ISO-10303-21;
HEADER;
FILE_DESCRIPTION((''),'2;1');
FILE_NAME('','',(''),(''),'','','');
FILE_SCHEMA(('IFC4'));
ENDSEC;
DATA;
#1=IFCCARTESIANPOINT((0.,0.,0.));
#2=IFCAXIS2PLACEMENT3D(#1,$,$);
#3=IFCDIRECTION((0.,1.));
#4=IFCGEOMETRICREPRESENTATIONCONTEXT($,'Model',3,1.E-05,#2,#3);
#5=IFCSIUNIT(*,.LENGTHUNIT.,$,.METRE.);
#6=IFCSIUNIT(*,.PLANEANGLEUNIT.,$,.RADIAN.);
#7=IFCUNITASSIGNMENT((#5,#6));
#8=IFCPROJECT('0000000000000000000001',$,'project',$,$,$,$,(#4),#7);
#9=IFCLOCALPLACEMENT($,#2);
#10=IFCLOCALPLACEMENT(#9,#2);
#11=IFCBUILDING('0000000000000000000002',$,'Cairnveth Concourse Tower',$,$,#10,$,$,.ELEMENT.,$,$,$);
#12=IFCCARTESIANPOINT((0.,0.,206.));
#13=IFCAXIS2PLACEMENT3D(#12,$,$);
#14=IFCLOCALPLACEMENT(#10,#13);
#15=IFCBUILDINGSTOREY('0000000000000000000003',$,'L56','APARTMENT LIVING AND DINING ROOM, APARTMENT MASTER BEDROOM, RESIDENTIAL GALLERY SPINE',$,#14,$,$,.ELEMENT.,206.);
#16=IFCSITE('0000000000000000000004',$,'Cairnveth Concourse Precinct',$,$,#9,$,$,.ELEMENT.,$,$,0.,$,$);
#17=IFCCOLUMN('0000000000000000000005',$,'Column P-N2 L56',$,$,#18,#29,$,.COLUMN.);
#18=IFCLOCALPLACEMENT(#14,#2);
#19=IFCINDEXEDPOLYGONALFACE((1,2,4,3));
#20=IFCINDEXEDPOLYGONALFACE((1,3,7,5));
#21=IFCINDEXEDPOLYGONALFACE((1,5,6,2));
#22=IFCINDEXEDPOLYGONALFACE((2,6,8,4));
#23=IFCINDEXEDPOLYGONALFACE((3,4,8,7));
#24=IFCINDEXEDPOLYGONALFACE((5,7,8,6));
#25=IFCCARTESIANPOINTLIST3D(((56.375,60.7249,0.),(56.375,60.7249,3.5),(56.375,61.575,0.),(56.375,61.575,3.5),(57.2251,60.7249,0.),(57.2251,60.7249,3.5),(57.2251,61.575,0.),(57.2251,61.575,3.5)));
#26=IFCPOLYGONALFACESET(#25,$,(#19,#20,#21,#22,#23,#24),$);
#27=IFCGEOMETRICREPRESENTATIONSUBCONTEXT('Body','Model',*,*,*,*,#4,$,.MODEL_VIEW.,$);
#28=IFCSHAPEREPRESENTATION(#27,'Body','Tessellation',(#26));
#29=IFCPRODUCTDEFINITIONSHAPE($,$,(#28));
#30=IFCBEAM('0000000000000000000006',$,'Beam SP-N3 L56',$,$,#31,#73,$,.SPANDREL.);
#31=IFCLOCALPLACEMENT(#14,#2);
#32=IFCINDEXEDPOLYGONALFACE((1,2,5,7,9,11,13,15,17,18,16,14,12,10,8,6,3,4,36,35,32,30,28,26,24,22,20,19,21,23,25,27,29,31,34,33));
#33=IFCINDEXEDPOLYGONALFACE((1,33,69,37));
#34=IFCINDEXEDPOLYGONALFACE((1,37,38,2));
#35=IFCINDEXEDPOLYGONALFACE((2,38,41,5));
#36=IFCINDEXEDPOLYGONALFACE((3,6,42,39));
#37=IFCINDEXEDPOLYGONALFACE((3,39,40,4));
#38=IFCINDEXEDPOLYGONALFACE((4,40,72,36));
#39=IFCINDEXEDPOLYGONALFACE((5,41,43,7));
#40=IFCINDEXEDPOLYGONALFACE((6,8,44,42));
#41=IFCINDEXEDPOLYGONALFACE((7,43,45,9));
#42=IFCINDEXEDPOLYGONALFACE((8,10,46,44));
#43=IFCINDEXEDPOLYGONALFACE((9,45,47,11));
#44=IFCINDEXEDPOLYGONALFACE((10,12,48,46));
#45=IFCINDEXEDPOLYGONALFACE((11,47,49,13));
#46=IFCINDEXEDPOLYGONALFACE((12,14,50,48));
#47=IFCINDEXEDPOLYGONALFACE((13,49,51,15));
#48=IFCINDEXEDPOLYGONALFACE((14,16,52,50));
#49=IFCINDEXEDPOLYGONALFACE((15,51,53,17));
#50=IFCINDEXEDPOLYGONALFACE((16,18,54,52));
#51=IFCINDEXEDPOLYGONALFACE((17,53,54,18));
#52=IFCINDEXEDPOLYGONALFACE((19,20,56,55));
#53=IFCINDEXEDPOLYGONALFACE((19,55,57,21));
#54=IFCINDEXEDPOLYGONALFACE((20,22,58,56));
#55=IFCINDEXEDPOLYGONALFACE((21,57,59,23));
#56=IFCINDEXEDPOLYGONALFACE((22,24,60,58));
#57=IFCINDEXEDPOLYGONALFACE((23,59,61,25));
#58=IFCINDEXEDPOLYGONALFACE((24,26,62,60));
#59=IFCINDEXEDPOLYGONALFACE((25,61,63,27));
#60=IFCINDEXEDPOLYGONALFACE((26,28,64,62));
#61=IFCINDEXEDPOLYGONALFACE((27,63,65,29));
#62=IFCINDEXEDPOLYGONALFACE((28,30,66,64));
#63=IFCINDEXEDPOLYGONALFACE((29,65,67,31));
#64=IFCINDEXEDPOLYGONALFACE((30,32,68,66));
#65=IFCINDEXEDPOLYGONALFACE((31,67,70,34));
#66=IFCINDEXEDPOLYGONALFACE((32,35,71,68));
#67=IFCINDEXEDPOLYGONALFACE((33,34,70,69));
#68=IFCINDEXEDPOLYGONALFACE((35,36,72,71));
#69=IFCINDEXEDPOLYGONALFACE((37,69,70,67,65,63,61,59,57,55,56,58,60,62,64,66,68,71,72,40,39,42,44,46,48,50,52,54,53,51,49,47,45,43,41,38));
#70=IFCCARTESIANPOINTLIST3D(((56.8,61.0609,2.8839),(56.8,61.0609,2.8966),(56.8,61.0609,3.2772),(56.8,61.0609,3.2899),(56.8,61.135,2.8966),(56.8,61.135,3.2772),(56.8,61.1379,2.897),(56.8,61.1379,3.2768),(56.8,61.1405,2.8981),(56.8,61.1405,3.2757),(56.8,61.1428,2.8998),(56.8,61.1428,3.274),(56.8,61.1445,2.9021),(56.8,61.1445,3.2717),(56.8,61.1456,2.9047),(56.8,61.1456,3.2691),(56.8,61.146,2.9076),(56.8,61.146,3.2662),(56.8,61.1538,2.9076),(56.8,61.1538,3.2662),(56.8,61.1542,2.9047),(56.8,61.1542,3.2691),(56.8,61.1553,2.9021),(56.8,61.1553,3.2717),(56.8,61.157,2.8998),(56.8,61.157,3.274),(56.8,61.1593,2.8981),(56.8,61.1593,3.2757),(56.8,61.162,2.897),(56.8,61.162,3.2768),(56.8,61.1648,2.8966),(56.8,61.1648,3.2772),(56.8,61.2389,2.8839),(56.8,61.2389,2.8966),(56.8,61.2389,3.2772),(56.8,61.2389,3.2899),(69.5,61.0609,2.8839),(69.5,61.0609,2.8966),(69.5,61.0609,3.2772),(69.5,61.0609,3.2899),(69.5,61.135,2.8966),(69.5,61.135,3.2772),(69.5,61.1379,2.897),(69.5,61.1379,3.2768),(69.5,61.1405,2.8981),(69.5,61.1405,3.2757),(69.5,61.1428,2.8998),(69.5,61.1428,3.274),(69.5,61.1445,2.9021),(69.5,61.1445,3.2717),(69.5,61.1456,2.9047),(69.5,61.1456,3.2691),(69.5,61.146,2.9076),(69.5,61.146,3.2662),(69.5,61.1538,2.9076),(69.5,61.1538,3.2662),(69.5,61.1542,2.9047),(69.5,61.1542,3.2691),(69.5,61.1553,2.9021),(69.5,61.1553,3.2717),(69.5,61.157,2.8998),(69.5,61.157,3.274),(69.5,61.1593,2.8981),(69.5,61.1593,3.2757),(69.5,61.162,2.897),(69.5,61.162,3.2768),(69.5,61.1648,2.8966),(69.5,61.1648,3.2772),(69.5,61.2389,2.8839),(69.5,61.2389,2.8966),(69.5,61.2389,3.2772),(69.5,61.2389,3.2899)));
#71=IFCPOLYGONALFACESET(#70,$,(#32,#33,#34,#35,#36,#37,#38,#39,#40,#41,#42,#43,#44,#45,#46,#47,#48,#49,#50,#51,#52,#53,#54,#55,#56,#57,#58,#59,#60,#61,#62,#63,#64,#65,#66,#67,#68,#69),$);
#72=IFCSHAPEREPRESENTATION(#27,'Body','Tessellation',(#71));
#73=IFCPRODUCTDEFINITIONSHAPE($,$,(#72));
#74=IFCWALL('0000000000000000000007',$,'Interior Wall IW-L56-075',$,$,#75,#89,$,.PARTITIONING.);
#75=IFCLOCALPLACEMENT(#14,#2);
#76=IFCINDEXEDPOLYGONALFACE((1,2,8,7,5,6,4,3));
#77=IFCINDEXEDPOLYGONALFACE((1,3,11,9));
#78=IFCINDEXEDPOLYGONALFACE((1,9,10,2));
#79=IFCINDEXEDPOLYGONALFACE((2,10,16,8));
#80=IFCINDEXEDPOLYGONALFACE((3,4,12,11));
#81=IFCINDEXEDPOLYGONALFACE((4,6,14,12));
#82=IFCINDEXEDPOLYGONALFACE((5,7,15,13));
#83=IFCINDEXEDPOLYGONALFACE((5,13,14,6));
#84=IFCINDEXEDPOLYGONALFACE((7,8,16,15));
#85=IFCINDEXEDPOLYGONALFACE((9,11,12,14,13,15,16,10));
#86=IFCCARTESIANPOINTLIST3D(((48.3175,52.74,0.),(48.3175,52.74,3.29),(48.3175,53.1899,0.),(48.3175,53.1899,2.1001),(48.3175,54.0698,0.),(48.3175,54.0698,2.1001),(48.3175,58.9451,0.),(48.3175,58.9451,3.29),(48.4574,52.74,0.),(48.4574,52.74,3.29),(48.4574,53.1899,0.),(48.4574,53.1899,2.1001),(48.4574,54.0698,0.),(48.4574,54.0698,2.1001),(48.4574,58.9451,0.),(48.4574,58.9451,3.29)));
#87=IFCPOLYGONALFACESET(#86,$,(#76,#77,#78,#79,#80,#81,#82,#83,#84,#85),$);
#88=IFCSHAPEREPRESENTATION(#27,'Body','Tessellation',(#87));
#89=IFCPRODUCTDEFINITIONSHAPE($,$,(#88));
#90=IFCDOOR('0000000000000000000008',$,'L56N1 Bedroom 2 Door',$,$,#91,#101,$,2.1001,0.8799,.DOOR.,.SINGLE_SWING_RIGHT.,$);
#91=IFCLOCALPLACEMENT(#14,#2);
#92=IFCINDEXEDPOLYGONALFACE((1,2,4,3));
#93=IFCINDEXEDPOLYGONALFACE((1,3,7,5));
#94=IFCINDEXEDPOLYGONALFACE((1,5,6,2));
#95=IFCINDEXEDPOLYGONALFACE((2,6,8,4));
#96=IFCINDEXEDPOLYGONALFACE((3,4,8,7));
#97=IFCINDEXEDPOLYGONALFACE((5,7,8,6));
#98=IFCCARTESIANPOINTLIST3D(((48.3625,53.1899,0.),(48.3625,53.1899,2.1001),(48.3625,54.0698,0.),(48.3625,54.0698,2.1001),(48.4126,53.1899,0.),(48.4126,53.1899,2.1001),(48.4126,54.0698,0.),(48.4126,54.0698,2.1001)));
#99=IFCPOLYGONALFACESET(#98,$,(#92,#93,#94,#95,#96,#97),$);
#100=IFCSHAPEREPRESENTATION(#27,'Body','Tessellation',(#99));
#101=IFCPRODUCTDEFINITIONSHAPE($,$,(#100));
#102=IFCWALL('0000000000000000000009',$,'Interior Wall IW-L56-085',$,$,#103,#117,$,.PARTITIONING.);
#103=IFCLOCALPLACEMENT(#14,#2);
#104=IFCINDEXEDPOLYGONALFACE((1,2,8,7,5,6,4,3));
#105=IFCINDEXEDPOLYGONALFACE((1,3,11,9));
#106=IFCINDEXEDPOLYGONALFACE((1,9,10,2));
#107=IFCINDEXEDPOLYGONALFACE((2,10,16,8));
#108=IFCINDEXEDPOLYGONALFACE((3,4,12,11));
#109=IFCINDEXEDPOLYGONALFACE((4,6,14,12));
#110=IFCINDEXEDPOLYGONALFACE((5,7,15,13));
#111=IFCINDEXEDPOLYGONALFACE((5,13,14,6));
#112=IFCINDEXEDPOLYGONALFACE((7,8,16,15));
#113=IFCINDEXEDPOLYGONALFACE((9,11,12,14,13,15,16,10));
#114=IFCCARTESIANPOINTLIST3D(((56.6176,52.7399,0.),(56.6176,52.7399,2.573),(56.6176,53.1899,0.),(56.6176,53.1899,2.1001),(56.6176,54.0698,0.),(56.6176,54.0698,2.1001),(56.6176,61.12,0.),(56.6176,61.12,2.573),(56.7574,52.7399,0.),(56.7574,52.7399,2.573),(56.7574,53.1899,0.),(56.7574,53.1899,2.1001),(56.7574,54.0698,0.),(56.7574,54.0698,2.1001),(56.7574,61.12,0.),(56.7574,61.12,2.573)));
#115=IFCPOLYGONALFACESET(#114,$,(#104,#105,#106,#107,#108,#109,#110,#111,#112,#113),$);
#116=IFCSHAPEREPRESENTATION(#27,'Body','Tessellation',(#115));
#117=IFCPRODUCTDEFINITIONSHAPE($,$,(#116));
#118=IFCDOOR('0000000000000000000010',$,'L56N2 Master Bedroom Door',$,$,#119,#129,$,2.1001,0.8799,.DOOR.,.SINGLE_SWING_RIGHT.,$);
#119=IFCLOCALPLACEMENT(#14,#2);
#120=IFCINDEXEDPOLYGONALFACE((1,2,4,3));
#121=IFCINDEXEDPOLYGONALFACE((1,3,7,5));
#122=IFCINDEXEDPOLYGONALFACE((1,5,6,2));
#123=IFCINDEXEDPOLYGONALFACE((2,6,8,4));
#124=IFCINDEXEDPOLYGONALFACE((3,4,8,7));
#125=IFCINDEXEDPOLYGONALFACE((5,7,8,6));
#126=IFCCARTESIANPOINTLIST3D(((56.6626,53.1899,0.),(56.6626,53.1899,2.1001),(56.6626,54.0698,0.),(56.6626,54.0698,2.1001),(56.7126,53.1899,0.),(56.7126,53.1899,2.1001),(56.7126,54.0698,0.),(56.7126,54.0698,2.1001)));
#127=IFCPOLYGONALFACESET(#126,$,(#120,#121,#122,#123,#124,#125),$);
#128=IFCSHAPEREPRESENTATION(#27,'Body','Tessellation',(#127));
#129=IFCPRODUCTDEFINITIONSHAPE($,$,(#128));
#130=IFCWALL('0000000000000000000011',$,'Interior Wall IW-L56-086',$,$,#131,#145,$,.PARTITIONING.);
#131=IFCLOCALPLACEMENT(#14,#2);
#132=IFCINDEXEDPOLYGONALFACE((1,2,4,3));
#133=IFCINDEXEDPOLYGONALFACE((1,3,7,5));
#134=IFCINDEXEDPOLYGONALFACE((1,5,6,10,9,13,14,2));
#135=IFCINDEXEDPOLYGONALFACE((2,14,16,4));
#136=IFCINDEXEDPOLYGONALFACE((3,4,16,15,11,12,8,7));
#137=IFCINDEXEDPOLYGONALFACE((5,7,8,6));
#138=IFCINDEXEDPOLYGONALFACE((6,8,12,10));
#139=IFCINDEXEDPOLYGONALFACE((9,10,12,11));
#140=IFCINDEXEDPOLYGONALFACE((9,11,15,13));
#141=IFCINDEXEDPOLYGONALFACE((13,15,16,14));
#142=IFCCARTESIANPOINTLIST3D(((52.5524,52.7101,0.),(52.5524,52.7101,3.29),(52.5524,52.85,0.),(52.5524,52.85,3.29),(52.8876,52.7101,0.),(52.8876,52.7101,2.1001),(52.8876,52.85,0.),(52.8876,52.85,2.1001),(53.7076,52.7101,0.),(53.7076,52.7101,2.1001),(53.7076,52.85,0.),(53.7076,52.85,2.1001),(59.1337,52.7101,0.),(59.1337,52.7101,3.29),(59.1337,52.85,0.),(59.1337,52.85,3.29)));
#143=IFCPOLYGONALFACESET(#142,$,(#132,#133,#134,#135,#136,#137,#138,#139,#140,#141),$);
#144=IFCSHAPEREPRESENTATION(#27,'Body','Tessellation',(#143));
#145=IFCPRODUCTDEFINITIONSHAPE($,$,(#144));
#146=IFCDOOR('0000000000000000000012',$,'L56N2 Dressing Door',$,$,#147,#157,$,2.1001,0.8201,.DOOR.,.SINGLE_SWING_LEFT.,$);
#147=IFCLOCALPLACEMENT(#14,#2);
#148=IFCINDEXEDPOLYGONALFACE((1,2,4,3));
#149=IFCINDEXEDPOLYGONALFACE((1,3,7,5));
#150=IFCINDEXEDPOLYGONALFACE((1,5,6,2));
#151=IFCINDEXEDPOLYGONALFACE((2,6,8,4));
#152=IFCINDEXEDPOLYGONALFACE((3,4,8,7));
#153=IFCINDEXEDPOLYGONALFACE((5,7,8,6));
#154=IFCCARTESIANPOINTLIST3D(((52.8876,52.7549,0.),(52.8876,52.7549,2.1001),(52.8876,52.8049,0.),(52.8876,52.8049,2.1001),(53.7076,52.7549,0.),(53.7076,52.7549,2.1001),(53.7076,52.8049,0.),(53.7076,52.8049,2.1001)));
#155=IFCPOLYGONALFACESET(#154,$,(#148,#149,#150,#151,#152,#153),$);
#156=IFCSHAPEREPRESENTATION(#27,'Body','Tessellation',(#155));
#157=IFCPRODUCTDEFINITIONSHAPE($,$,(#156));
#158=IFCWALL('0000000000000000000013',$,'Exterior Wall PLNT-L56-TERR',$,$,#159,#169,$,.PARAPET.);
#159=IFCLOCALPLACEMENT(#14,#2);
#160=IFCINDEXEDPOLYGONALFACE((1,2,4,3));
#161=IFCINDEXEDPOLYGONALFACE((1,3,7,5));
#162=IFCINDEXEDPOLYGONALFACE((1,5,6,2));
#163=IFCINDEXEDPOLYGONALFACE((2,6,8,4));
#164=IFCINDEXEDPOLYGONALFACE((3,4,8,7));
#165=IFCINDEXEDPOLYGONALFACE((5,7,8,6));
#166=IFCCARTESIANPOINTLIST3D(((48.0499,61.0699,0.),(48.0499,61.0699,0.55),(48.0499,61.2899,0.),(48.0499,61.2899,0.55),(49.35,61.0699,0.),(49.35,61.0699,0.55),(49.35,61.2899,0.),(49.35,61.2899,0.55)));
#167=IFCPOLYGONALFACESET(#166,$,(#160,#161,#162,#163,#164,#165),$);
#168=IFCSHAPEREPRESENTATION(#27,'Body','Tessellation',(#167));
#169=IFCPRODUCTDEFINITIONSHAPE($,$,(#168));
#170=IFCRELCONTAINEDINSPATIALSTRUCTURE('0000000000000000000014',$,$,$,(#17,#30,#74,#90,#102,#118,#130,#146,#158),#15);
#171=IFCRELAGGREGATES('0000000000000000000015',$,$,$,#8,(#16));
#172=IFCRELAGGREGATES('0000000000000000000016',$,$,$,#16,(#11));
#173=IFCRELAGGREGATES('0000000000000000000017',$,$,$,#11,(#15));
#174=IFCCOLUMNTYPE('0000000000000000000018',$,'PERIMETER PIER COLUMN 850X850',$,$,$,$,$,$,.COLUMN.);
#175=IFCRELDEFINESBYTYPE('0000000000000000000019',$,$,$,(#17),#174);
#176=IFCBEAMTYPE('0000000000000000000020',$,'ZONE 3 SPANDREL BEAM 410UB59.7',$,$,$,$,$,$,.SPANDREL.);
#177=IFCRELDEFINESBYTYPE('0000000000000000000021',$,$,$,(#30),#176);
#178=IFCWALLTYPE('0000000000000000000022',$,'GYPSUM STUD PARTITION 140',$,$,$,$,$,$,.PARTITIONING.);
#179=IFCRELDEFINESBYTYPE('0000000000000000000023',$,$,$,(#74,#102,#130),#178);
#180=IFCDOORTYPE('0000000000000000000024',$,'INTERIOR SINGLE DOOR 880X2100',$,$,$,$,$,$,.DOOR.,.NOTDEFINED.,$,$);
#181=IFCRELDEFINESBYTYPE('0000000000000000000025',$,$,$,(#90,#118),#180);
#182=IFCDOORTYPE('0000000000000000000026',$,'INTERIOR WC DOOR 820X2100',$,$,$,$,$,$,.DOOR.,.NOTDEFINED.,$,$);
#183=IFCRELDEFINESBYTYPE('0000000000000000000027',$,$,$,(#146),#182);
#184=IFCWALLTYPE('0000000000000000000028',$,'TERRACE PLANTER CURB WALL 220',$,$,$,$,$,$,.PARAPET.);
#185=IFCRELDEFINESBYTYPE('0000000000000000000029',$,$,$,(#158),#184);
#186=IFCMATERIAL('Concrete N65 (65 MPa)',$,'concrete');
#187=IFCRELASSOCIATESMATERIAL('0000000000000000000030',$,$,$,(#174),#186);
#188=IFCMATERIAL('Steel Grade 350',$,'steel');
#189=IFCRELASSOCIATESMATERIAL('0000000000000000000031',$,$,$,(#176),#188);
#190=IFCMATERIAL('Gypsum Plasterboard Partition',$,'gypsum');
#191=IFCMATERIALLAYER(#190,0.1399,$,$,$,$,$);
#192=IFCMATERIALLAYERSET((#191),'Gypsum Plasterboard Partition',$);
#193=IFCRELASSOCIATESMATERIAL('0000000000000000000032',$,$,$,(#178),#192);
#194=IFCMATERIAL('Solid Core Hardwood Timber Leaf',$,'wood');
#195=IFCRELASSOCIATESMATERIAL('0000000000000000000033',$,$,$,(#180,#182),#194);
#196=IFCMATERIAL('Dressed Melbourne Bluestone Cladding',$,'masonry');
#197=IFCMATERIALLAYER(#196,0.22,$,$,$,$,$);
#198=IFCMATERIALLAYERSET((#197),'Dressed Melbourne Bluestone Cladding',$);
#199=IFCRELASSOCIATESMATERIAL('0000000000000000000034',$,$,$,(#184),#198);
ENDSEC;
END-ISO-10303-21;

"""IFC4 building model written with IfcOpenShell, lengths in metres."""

from ifc_helpers import new_model, si_unit, direction, frame, frame_2d, origin, origin_2d, place, context, subcontext, project, spatial, rectangle, i_section, extrude, material, layer, layer_set, material_profile, profile_set, type_object, element, fill, save


model = new_model("IFC4")

# Units and contexts
model_context = context("Model", 3, precision=1e-05, world=origin(), true_north=direction((0.0, 1.0)))
body_context = subcontext(model_context, "Body", "Model", "MODEL_VIEW")
ifc_project = project(units=[si_unit("LENGTHUNIT", "METRE"), si_unit("PLANEANGLEUNIT", "RADIAN")], contexts=[model_context])

# Site, building, storey
site_placement = place(None, origin())
site = spatial("IfcSite", under=ifc_project, at=site_placement, Name="Cairnveth Concourse Precinct", CompositionType="ELEMENT", RefElevation=0.0)
building_placement = place(site_placement, origin())
building = spatial("IfcBuilding", under=site, at=building_placement, Name="Cairnveth Concourse Tower", CompositionType="ELEMENT")
storey_placement = place(building_placement, frame((0.0, 0.0, 206.0)))
storey = spatial("IfcBuildingStorey", under=building, at=storey_placement, Name="L56", Description="APARTMENT LIVING AND DINING ROOM, APARTMENT MASTER BEDROOM, RESIDENTIAL GALLERY SPINE", CompositionType="ELEMENT", Elevation=206.0)

# Column
ifc_material_1 = material(Name="Concrete N65 (65 MPa)", Category="concrete")
ifc_material_profile_1 = material_profile(ifc_material_1, rectangle(XDim=0.8501, YDim=0.8501, at=origin_2d()), Name="RC-COL-850x850")
ifc_profile_set_1 = profile_set([ifc_material_profile_1], Name="Concrete N65 (65 MPa)")
column_type = type_object("IfcColumnType", Name="PERIMETER PIER COLUMN 850X850", PredefinedType="COLUMN", material=ifc_profile_set_1)
column_placement = place(storey_placement, frame((56.8, 61.1499, 0.0), z_axis=(0.0, 0.0, 1.0), x_axis=(1.0, 0.0, 0.0)))
element("IfcColumn", 1, at=column_placement, inside=storey, type_object=column_type, Name="Column P-N2 L56", PredefinedType="COLUMN", context=body_context, shape_type="SweptSolid", body=[
    extrude(rectangle(XDim=0.8501, YDim=0.8501, at=origin_2d()), origin(), (0.0, 0.0, 1.0), 3.5),
])

# Beam
ifc_material_2 = material(Name="Steel Grade 350", Category="steel")
ifc_material_profile_2 = material_profile(ifc_material_2, i_section(OverallWidth=0.178, OverallDepth=0.406, WebThickness=0.0078, FlangeThickness=0.0127, FilletRadius=0.011, at=origin_2d()), Name="410UB59.7")
ifc_profile_set_2 = profile_set([ifc_material_profile_2], Name="Steel Grade 350")
beam_type = type_object("IfcBeamType", Name="ZONE 3 SPANDREL BEAM 410UB59.7", PredefinedType="SPANDREL", material=ifc_profile_set_2)
beam_placement = place(storey_placement, frame((56.8, 61.1499, 3.0869), z_axis=(1.0, 0.0, 0.0), x_axis=(0.0, 1.0, 0.0)))
element("IfcBeam", 2, at=beam_placement, inside=storey, type_object=beam_type, Name="Beam SP-N3 L56", PredefinedType="SPANDREL", context=body_context, shape_type="SweptSolid", body=[
    extrude(i_section(OverallWidth=0.178, OverallDepth=0.406, WebThickness=0.0078, FlangeThickness=0.0127, FilletRadius=0.011, at=origin_2d()), origin(), (0.0, 0.0, 1.0), 12.7),
])

# Walls, openings, doors
ifc_material_3 = material(Name="Gypsum Plasterboard Partition", Category="gypsum")
ifc_layer_1 = layer(ifc_material_3, 0.1399)
ifc_layer_set_1 = layer_set([ifc_layer_1], Name="Gypsum Plasterboard Partition")
wall_type_1 = type_object("IfcWallType", Name="GYPSUM STUD PARTITION 140", PredefinedType="PARTITIONING", material=ifc_layer_set_1)
wall_1_placement = place(storey_placement, frame((48.3875, 52.74, 0.0), z_axis=(0.0, 0.0, 1.0), x_axis=(0.0, 1.0, 0.0)))
wall_1 = element("IfcWall", 3, at=wall_1_placement, inside=storey, type_object=wall_type_1, Name="Interior Wall IW-L56-075", PredefinedType="PARTITIONING", context=body_context, shape_type="SweptSolid", body=[
    extrude(rectangle(XDim=6.2051, YDim=0.1399, at=frame_2d((3.1025, 0.0))), origin(), (0.0, 0.0, 1.0), 3.29),
])
opening_1_placement = place(wall_1_placement, frame((0.45, 0.0, 0.0)))
opening_1 = element("IfcOpeningElement", 4, at=opening_1_placement, cuts=wall_1, PredefinedType="OPENING", context=body_context, shape_type="SweptSolid", body=[
    extrude(rectangle(XDim=0.8799, YDim=2.1001, at=frame_2d((0.4399, 1.05))), frame((0.0, 0.0798, 0.0), z_axis=(0.0, -1.0, 0.0), x_axis=(1.0, 0.0, 0.0)), (0.0, 0.0, 1.0), 0.1599),
])
ifc_material_4 = material(Name="Solid Core Hardwood Timber Leaf", Category="wood")
door_type_1 = type_object("IfcDoorType", Name="INTERIOR SINGLE DOOR 880X2100", OperationType="NOTDEFINED", PredefinedType="DOOR", material=ifc_material_4)
door_1_placement = place(opening_1_placement, origin())
door_1 = element("IfcDoor", 5, at=door_1_placement, inside=storey, type_object=door_type_1, Name="L56N1 Bedroom 2 Door", OperationType="SINGLE_SWING_RIGHT", OverallHeight=2.1001, OverallWidth=0.8799, PredefinedType="DOOR", context=body_context, shape_type="SweptSolid", body=[
    extrude(rectangle(XDim=0.8799, YDim=2.1001, at=frame_2d((0.4399, 1.05))), frame((0.0, 0.0249, 0.0), z_axis=(0.0, -1.0, 0.0), x_axis=(1.0, 0.0, 0.0)), (0.0, 0.0, 1.0), 0.05),
])
fill(opening_1, door_1)
wall_2_placement = place(storey_placement, frame((56.6875, 52.74, 0.0), z_axis=(0.0, 0.0, 1.0), x_axis=(0.0, 1.0, 0.0)))
wall_2 = element("IfcWall", 6, at=wall_2_placement, inside=storey, type_object=wall_type_1, Name="Interior Wall IW-L56-085", PredefinedType="PARTITIONING", context=body_context, shape_type="SweptSolid", body=[
    extrude(rectangle(XDim=8.3801, YDim=0.1399, at=frame_2d((4.1899, 0.0))), origin(), (0.0, 0.0, 1.0), 2.573),
])
opening_2_placement = place(wall_2_placement, frame((0.45, 0.0, 0.0)))
opening_2 = element("IfcOpeningElement", 7, at=opening_2_placement, cuts=wall_2, PredefinedType="OPENING", context=body_context, shape_type="SweptSolid", body=[
    extrude(rectangle(XDim=0.8799, YDim=2.1001, at=frame_2d((0.4399, 1.05))), frame((0.0, 0.0798, 0.0), z_axis=(0.0, -1.0, 0.0), x_axis=(1.0, 0.0, 0.0)), (0.0, 0.0, 1.0), 0.1599),
])
door_2_placement = place(opening_2_placement, origin())
door_2 = element("IfcDoor", 8, at=door_2_placement, inside=storey, type_object=door_type_1, Name="L56N2 Master Bedroom Door", OperationType="SINGLE_SWING_RIGHT", OverallHeight=2.1001, OverallWidth=0.8799, PredefinedType="DOOR", context=body_context, shape_type="SweptSolid", body=[
    extrude(rectangle(XDim=0.8799, YDim=2.1001, at=frame_2d((0.4399, 1.05))), frame((0.0, 0.0249, 0.0), z_axis=(0.0, -1.0, 0.0), x_axis=(1.0, 0.0, 0.0)), (0.0, 0.0, 1.0), 0.05),
])
fill(opening_2, door_2)
wall_3_placement = place(storey_placement, frame((52.5525, 52.78, 0.0), z_axis=(0.0, 0.0, 1.0), x_axis=(1.0, 0.0, 0.0)))
wall_3 = element("IfcWall", 9, at=wall_3_placement, inside=storey, type_object=wall_type_1, Name="Interior Wall IW-L56-086", PredefinedType="PARTITIONING", context=body_context, shape_type="SweptSolid", body=[
    extrude(rectangle(XDim=6.5813, YDim=0.1399, at=frame_2d((3.2905, 0.0))), origin(), (0.0, 0.0, 1.0), 3.29),
])
opening_3_placement = place(wall_3_placement, frame((0.335, 0.0, 0.0)))
opening_3 = element("IfcOpeningElement", 10, at=opening_3_placement, cuts=wall_3, PredefinedType="OPENING", context=body_context, shape_type="SweptSolid", body=[
    extrude(rectangle(XDim=0.8201, YDim=2.1001, at=frame_2d((0.4102, 1.05))), frame((0.0, 0.0798, 0.0), z_axis=(0.0, -1.0, 0.0), x_axis=(1.0, 0.0, 0.0)), (0.0, 0.0, 1.0), 0.1599),
])
door_type_2 = type_object("IfcDoorType", Name="INTERIOR WC DOOR 820X2100", OperationType="NOTDEFINED", PredefinedType="DOOR", material=ifc_material_4)
door_3_placement = place(opening_3_placement, origin())
door_3 = element("IfcDoor", 11, at=door_3_placement, inside=storey, type_object=door_type_2, Name="L56N2 Dressing Door", OperationType="SINGLE_SWING_LEFT", OverallHeight=2.1001, OverallWidth=0.8201, PredefinedType="DOOR", context=body_context, shape_type="SweptSolid", body=[
    extrude(rectangle(XDim=0.8201, YDim=2.1001, at=frame_2d((0.4102, 1.05))), frame((0.0, 0.0249, 0.0), z_axis=(0.0, -1.0, 0.0), x_axis=(1.0, 0.0, 0.0)), (0.0, 0.0, 1.0), 0.05),
])
fill(opening_3, door_3)

# Wall
ifc_material_5 = material(Name="Dressed Melbourne Bluestone Cladding", Category="masonry")
ifc_layer_2 = layer(ifc_material_5, 0.22)
ifc_layer_set_2 = layer_set([ifc_layer_2], Name="Dressed Melbourne Bluestone Cladding")
wall_type_2 = type_object("IfcWallType", Name="TERRACE PLANTER CURB WALL 220", PredefinedType="PARAPET", material=ifc_layer_set_2)
wall_4_placement = place(storey_placement, frame((48.05, 61.1799, 0.0), z_axis=(0.0, 0.0, 1.0), x_axis=(1.0, 0.0, 0.0)))
element("IfcWall", 12, at=wall_4_placement, inside=storey, type_object=wall_type_2, Name="Exterior Wall PLNT-L56-TERR", PredefinedType="PARAPET", context=body_context, shape_type="SweptSolid", body=[
    extrude(rectangle(XDim=1.3, YDim=0.22, at=frame_2d((0.6499, 0.0))), origin(), (0.0, 0.0, 1.0), 0.55),
])

save(model, "model.ifc")
